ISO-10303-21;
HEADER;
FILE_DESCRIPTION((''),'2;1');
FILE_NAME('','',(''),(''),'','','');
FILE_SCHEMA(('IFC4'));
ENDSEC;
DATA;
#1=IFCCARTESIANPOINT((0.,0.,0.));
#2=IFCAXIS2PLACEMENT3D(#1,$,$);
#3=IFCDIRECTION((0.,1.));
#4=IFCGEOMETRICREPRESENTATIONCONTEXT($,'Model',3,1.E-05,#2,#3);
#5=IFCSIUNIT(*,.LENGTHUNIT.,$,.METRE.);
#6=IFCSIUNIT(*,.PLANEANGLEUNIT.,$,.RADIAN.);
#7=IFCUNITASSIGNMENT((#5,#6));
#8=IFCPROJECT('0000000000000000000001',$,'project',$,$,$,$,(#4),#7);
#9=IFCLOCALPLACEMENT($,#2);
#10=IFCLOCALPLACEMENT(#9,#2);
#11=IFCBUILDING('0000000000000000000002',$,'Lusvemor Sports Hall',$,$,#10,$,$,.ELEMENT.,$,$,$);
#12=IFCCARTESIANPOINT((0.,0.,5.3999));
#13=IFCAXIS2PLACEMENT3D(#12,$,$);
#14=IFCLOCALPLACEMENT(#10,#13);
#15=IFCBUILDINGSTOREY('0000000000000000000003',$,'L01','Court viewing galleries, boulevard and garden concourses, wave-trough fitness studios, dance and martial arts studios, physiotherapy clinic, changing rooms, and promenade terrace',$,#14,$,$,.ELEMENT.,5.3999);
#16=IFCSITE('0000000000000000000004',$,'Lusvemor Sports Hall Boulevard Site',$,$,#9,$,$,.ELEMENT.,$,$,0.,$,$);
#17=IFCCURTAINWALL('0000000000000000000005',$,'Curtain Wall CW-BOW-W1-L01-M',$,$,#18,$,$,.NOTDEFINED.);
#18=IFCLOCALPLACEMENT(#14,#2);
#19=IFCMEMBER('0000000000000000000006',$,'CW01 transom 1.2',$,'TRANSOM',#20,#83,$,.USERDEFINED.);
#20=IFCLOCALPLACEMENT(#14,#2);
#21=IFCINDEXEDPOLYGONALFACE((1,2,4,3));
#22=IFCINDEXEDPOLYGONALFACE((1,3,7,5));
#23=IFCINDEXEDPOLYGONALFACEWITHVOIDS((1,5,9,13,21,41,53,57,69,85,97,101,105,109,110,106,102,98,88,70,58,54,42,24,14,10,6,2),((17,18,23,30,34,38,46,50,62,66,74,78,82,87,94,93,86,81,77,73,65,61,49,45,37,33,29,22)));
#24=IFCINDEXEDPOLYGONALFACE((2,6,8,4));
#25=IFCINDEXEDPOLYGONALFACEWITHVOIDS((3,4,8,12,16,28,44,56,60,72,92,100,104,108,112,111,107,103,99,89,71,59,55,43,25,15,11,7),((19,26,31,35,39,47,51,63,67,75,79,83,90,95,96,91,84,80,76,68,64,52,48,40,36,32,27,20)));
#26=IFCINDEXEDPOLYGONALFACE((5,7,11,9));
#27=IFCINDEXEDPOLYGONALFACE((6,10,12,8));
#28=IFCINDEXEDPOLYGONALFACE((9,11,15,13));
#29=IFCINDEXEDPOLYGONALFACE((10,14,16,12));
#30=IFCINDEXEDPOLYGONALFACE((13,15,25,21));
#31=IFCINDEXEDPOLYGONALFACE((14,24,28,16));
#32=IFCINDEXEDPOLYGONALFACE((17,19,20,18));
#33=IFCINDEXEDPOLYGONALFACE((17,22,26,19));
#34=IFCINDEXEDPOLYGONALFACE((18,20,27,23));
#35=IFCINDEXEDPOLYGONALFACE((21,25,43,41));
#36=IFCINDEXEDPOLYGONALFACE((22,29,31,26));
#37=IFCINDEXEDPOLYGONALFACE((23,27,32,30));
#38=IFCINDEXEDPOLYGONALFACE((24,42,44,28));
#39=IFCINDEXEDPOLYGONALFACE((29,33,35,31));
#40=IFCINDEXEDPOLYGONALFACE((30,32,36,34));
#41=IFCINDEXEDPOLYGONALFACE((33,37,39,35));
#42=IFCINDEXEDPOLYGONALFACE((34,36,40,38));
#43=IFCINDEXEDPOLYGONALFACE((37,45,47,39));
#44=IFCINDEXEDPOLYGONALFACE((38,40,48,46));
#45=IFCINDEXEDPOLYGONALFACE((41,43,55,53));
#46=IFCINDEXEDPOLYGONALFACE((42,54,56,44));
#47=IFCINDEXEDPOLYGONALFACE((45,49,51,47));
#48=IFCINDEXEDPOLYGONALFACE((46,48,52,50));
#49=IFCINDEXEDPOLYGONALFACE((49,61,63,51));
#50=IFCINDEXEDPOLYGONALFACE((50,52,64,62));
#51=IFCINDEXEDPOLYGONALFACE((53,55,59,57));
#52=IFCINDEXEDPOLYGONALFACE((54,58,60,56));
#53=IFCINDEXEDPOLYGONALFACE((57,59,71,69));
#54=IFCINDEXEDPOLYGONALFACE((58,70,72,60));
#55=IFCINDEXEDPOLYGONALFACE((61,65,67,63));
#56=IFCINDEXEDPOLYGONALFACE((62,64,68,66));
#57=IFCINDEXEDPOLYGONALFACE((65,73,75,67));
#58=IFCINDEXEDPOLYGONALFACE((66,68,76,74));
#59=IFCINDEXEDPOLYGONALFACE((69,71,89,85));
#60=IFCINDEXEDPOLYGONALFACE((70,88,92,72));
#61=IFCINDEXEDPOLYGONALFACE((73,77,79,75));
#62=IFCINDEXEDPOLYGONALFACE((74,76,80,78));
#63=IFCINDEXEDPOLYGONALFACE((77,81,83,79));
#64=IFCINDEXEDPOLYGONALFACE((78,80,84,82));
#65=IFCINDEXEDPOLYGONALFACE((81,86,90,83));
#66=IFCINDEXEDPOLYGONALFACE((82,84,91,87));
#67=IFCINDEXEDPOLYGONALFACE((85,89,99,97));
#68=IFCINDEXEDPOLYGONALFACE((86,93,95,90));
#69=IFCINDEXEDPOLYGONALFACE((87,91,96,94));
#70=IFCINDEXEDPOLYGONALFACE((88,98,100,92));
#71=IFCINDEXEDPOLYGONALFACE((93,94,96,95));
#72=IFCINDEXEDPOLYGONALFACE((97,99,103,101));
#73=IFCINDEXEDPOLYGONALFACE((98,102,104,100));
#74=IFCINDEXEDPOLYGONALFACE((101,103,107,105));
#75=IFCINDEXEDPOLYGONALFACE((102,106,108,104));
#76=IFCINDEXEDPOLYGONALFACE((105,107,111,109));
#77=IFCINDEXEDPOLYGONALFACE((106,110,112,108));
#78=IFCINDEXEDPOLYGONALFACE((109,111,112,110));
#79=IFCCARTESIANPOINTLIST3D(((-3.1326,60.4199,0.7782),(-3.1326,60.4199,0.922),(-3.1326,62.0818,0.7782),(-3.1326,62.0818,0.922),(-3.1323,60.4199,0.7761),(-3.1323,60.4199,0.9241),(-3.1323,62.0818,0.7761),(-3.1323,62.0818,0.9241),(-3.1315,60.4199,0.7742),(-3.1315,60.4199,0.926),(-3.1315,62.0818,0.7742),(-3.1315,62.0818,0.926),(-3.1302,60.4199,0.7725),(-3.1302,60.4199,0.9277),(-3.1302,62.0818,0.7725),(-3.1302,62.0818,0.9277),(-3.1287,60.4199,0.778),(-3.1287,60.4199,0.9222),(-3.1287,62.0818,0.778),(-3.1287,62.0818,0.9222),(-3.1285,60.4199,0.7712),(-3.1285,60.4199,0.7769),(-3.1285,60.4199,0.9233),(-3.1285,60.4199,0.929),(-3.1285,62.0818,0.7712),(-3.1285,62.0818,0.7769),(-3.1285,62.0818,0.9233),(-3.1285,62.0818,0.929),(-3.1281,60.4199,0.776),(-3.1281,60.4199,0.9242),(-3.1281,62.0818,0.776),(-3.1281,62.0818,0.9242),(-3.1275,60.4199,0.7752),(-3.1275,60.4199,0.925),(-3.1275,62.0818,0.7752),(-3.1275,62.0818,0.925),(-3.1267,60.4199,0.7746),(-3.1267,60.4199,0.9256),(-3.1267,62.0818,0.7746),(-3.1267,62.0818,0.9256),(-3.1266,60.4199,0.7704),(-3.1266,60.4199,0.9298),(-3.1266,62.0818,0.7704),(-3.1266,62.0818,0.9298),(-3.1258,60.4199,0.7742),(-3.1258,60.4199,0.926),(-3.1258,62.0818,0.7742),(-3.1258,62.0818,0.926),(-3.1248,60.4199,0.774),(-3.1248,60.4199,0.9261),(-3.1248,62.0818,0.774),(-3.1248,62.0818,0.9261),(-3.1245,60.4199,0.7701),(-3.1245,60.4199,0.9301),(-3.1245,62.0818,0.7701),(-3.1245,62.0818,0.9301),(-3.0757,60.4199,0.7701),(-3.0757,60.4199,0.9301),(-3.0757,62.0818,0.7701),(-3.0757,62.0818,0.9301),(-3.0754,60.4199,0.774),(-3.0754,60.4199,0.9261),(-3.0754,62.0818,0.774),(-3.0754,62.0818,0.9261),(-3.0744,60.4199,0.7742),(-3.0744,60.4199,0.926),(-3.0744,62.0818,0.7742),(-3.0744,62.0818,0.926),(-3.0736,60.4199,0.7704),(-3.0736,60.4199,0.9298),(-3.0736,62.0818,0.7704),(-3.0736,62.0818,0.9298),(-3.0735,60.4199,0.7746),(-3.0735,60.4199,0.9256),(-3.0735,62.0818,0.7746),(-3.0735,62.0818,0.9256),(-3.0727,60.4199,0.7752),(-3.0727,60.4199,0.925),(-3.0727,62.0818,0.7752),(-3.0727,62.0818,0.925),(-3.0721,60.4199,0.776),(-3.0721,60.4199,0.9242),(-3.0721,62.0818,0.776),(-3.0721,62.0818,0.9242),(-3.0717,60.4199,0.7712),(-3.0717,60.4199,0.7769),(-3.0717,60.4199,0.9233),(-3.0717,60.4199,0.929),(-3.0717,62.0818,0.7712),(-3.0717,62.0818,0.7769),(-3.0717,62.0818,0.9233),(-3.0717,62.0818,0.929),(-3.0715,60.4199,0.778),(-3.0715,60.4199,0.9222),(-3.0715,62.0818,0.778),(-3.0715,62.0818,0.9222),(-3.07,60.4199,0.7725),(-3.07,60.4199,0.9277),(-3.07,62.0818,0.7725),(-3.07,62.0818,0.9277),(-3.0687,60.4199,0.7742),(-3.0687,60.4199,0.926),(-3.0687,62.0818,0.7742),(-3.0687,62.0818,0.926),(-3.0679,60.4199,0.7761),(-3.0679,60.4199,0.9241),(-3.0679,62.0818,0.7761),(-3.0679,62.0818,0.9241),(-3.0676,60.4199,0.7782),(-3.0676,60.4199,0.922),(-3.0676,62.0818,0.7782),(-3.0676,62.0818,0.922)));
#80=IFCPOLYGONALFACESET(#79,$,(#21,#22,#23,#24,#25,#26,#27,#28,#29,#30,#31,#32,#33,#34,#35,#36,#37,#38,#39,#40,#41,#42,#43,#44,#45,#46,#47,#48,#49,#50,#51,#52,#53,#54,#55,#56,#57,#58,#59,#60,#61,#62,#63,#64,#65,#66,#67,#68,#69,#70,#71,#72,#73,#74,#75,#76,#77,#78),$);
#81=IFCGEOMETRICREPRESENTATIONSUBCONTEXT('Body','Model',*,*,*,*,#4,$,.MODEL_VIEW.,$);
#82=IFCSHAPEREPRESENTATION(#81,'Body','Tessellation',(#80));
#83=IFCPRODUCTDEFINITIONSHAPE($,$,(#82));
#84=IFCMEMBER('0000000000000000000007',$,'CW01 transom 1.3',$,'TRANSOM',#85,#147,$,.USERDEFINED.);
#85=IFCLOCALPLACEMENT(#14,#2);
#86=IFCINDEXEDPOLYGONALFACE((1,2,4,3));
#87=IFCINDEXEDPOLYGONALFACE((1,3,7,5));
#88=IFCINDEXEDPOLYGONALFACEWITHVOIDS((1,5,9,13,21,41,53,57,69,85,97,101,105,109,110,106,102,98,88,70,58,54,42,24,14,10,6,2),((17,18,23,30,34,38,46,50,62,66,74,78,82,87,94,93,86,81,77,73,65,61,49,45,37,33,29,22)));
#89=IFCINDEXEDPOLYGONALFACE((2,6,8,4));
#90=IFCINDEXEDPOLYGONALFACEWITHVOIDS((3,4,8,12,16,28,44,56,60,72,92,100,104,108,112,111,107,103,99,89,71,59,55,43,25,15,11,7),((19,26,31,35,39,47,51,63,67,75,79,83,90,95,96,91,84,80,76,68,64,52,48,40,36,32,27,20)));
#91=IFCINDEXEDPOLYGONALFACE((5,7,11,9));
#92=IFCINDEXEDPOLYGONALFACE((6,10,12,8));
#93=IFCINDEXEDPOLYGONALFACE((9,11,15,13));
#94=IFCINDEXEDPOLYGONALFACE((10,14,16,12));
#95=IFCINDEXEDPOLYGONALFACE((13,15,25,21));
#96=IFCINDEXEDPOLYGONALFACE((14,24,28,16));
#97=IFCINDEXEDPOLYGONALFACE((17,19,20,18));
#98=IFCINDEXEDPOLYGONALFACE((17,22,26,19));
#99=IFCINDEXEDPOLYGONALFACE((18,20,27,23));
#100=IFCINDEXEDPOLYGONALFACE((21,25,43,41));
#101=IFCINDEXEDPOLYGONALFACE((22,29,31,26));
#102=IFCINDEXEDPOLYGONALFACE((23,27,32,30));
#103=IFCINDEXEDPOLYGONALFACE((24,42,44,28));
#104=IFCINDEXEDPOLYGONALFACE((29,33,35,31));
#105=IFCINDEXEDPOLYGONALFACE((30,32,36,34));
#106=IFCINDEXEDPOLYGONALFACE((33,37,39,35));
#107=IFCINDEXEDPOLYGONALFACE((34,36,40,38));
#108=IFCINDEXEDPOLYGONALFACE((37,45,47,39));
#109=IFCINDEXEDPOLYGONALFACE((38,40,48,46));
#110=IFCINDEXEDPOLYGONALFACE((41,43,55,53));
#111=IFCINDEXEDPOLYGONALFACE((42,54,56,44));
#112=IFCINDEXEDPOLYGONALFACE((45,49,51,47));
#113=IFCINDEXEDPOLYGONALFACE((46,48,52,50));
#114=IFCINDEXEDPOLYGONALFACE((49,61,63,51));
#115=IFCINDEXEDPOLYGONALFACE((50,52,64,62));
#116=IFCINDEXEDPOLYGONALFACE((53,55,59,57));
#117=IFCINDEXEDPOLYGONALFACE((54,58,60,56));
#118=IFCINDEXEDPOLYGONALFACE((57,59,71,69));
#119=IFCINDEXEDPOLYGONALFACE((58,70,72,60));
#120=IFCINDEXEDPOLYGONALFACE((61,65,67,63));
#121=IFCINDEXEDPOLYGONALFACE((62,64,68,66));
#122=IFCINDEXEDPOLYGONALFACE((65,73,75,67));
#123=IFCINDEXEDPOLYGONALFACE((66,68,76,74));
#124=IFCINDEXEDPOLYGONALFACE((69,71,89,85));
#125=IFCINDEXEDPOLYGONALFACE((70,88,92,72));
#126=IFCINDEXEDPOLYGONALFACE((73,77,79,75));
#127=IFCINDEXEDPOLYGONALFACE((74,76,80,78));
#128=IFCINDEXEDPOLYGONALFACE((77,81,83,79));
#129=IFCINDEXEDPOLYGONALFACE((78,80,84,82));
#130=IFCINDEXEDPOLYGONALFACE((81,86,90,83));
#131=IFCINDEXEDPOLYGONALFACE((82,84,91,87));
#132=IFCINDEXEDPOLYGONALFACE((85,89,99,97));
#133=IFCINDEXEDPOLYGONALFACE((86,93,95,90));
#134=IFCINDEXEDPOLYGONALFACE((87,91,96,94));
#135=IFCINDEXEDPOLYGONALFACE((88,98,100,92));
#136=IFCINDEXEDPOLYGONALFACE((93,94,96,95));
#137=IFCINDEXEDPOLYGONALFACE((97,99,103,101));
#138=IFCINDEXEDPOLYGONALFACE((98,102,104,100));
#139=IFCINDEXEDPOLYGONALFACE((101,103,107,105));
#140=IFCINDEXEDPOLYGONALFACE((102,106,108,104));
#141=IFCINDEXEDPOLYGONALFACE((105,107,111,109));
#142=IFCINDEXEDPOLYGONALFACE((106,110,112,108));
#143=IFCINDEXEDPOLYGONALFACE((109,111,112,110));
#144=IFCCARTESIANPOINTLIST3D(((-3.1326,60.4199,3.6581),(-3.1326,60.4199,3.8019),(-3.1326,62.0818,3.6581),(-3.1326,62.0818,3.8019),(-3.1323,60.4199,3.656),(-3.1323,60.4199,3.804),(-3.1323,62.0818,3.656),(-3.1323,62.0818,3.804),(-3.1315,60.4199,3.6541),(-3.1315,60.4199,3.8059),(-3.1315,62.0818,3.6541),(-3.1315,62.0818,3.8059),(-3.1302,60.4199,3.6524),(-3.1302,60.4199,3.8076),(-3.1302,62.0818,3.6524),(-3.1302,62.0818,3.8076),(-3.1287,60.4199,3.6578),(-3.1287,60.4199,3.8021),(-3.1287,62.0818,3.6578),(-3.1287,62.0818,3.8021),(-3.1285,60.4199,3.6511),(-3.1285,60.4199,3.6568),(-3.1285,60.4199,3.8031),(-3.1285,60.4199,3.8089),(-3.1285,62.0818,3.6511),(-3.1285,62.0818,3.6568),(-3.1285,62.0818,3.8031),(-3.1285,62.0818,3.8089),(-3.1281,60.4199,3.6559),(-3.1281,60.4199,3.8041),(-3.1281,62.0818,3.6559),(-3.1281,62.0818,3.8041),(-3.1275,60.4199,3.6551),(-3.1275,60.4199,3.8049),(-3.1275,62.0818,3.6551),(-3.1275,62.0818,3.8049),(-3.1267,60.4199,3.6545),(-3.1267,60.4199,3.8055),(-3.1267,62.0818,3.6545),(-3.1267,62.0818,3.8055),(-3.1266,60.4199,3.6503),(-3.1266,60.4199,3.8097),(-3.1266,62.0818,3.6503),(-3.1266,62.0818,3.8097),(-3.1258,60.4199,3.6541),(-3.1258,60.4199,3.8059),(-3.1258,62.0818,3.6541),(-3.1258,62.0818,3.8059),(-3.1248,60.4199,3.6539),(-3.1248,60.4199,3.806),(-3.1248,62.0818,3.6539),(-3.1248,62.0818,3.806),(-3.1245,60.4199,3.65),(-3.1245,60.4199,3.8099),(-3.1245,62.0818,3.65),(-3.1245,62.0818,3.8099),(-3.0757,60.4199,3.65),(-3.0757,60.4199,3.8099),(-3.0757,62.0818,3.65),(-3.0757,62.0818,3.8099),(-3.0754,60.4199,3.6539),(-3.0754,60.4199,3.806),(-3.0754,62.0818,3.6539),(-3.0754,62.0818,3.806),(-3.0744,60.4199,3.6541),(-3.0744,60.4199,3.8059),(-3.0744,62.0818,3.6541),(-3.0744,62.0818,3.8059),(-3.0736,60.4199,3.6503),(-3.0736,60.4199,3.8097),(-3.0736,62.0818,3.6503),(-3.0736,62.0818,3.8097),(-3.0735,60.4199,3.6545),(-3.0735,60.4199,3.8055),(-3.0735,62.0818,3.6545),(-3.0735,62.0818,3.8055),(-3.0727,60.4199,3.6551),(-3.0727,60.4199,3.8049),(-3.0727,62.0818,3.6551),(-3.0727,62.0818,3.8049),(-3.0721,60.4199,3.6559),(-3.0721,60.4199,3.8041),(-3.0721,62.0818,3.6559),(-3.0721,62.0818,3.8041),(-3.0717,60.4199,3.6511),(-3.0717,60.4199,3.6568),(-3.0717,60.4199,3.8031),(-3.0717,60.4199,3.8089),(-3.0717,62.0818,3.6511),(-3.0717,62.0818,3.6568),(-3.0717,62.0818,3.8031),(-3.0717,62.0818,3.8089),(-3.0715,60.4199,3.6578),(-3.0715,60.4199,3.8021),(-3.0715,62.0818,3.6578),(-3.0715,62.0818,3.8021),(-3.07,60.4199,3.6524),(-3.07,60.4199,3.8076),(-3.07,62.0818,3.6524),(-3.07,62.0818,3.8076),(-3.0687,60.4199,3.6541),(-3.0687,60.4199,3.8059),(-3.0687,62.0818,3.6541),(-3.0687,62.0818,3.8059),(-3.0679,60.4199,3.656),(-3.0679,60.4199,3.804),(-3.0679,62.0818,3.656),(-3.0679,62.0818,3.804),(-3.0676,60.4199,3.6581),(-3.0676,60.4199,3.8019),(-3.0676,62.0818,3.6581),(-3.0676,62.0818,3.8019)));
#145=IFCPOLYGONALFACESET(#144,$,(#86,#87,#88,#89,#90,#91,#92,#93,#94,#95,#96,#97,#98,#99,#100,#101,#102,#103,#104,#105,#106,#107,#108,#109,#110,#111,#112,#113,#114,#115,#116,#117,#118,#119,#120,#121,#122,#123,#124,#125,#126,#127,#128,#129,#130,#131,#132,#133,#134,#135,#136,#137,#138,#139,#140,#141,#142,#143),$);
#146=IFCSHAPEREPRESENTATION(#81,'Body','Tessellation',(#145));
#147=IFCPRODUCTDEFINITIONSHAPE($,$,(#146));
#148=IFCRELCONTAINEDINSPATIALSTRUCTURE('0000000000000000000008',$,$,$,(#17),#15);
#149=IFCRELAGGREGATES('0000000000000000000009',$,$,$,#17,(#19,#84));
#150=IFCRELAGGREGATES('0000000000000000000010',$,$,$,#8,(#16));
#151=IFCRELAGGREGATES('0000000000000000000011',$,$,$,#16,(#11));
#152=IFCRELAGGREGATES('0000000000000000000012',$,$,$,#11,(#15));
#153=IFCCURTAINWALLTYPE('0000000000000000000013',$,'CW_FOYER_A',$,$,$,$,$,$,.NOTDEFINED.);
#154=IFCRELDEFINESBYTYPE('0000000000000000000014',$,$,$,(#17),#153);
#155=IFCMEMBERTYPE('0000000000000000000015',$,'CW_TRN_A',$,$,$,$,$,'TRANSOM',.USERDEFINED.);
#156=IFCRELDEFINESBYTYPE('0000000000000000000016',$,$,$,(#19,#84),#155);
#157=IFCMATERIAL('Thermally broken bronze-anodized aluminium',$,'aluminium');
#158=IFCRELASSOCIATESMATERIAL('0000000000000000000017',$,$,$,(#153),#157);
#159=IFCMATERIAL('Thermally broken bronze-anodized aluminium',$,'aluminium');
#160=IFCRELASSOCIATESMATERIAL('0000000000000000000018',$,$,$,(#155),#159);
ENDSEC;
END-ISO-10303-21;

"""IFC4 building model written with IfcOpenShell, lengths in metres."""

from ifc_helpers import new_model, si_unit, direction, frame, origin, origin_2d, place, context, subcontext, project, spatial, hollow_rectangle, extrude, material, material_profile, profile_set, type_object, element, aggregate, save


model = new_model("IFC4")

# Units and contexts
model_context = context("Model", 3, precision=1e-05, world=origin(), true_north=direction((0.0, 1.0)))
body_context = subcontext(model_context, "Body", "Model", "MODEL_VIEW")
ifc_project = project(units=[si_unit("LENGTHUNIT", "METRE"), si_unit("PLANEANGLEUNIT", "RADIAN")], contexts=[model_context])

# Site, building, storey
site_placement = place(None, origin())
site = spatial("IfcSite", under=ifc_project, at=site_placement, Name="Lusvemor Sports Hall Boulevard Site", CompositionType="ELEMENT", RefElevation=0.0)
building_placement = place(site_placement, origin())
building = spatial("IfcBuilding", under=site, at=building_placement, Name="Lusvemor Sports Hall", CompositionType="ELEMENT")
storey_placement = place(building_placement, frame((0.0, 0.0, 5.3999)))
storey = spatial("IfcBuildingStorey", under=building, at=storey_placement, Name="L01", Description="Court viewing galleries, boulevard and garden concourses, wave-trough fitness studios, dance and martial arts studios, physiotherapy clinic, changing rooms, and promenade terrace", CompositionType="ELEMENT", Elevation=5.3999)

# Curtain wall
ifc_material_1 = material(Name="Thermally broken bronze-anodized aluminium", Category="aluminium")
curtain_wall_type_1 = type_object("IfcCurtainWallType", Name="CW_FOYER_A", PredefinedType="NOTDEFINED", material=ifc_material_1)
curtain_wall_1_placement = place(storey_placement, origin())
curtain_wall_1 = element("IfcCurtainWall", 1, at=curtain_wall_1_placement, inside=storey, type_object=curtain_wall_type_1, Name="Curtain Wall CW-BOW-W1-L01-M", PredefinedType="NOTDEFINED")

# Members
ifc_material_2 = material(Name="Thermally broken bronze-anodized aluminium", Category="aluminium")
ifc_material_profile_1 = material_profile(ifc_material_2, hollow_rectangle(XDim=0.0649, YDim=0.1599, WallThickness=0.0039, InnerFilletRadius=0.0039, OuterFilletRadius=0.0081, at=origin_2d()), Name="CWTRN160x65x4")
ifc_profile_set_1 = profile_set([ifc_material_profile_1], Name="Thermally broken bronze-anodized aluminium")
member_type_1 = type_object("IfcMemberType", Name="CW_TRN_A", ElementType="TRANSOM", PredefinedType="USERDEFINED", material=ifc_profile_set_1)
member_1_placement = place(storey_placement, frame((-3.1001, 60.4199, 0.8501), z_axis=(0.0, 1.0, 0.0), x_axis=(-1.0, 0.0, 0.0)))
member_1 = element("IfcMember", 2, at=member_1_placement, type_object=member_type_1, Name="CW01 transom 1.2", ObjectType="TRANSOM", PredefinedType="USERDEFINED", context=body_context, shape_type="SweptSolid", body=[
    extrude(hollow_rectangle(XDim=0.0649, YDim=0.1599, WallThickness=0.0039, InnerFilletRadius=0.0039, OuterFilletRadius=0.0081, at=origin_2d()), origin(), (0.0, 0.0, 1.0), 1.6619),
])
member_2_placement = place(storey_placement, frame((-3.1001, 60.4199, 3.73), z_axis=(0.0, 1.0, 0.0), x_axis=(-1.0, 0.0, 0.0)))
member_2 = element("IfcMember", 3, at=member_2_placement, type_object=member_type_1, Name="CW01 transom 1.3", ObjectType="TRANSOM", PredefinedType="USERDEFINED", context=body_context, shape_type="SweptSolid", body=[
    extrude(hollow_rectangle(XDim=0.0649, YDim=0.1599, WallThickness=0.0039, InnerFilletRadius=0.0039, OuterFilletRadius=0.0081, at=origin_2d()), origin(), (0.0, 0.0, 1.0), 1.6619),
])

aggregate(curtain_wall_1, [member_1, member_2])

save(model, "model.ifc")
